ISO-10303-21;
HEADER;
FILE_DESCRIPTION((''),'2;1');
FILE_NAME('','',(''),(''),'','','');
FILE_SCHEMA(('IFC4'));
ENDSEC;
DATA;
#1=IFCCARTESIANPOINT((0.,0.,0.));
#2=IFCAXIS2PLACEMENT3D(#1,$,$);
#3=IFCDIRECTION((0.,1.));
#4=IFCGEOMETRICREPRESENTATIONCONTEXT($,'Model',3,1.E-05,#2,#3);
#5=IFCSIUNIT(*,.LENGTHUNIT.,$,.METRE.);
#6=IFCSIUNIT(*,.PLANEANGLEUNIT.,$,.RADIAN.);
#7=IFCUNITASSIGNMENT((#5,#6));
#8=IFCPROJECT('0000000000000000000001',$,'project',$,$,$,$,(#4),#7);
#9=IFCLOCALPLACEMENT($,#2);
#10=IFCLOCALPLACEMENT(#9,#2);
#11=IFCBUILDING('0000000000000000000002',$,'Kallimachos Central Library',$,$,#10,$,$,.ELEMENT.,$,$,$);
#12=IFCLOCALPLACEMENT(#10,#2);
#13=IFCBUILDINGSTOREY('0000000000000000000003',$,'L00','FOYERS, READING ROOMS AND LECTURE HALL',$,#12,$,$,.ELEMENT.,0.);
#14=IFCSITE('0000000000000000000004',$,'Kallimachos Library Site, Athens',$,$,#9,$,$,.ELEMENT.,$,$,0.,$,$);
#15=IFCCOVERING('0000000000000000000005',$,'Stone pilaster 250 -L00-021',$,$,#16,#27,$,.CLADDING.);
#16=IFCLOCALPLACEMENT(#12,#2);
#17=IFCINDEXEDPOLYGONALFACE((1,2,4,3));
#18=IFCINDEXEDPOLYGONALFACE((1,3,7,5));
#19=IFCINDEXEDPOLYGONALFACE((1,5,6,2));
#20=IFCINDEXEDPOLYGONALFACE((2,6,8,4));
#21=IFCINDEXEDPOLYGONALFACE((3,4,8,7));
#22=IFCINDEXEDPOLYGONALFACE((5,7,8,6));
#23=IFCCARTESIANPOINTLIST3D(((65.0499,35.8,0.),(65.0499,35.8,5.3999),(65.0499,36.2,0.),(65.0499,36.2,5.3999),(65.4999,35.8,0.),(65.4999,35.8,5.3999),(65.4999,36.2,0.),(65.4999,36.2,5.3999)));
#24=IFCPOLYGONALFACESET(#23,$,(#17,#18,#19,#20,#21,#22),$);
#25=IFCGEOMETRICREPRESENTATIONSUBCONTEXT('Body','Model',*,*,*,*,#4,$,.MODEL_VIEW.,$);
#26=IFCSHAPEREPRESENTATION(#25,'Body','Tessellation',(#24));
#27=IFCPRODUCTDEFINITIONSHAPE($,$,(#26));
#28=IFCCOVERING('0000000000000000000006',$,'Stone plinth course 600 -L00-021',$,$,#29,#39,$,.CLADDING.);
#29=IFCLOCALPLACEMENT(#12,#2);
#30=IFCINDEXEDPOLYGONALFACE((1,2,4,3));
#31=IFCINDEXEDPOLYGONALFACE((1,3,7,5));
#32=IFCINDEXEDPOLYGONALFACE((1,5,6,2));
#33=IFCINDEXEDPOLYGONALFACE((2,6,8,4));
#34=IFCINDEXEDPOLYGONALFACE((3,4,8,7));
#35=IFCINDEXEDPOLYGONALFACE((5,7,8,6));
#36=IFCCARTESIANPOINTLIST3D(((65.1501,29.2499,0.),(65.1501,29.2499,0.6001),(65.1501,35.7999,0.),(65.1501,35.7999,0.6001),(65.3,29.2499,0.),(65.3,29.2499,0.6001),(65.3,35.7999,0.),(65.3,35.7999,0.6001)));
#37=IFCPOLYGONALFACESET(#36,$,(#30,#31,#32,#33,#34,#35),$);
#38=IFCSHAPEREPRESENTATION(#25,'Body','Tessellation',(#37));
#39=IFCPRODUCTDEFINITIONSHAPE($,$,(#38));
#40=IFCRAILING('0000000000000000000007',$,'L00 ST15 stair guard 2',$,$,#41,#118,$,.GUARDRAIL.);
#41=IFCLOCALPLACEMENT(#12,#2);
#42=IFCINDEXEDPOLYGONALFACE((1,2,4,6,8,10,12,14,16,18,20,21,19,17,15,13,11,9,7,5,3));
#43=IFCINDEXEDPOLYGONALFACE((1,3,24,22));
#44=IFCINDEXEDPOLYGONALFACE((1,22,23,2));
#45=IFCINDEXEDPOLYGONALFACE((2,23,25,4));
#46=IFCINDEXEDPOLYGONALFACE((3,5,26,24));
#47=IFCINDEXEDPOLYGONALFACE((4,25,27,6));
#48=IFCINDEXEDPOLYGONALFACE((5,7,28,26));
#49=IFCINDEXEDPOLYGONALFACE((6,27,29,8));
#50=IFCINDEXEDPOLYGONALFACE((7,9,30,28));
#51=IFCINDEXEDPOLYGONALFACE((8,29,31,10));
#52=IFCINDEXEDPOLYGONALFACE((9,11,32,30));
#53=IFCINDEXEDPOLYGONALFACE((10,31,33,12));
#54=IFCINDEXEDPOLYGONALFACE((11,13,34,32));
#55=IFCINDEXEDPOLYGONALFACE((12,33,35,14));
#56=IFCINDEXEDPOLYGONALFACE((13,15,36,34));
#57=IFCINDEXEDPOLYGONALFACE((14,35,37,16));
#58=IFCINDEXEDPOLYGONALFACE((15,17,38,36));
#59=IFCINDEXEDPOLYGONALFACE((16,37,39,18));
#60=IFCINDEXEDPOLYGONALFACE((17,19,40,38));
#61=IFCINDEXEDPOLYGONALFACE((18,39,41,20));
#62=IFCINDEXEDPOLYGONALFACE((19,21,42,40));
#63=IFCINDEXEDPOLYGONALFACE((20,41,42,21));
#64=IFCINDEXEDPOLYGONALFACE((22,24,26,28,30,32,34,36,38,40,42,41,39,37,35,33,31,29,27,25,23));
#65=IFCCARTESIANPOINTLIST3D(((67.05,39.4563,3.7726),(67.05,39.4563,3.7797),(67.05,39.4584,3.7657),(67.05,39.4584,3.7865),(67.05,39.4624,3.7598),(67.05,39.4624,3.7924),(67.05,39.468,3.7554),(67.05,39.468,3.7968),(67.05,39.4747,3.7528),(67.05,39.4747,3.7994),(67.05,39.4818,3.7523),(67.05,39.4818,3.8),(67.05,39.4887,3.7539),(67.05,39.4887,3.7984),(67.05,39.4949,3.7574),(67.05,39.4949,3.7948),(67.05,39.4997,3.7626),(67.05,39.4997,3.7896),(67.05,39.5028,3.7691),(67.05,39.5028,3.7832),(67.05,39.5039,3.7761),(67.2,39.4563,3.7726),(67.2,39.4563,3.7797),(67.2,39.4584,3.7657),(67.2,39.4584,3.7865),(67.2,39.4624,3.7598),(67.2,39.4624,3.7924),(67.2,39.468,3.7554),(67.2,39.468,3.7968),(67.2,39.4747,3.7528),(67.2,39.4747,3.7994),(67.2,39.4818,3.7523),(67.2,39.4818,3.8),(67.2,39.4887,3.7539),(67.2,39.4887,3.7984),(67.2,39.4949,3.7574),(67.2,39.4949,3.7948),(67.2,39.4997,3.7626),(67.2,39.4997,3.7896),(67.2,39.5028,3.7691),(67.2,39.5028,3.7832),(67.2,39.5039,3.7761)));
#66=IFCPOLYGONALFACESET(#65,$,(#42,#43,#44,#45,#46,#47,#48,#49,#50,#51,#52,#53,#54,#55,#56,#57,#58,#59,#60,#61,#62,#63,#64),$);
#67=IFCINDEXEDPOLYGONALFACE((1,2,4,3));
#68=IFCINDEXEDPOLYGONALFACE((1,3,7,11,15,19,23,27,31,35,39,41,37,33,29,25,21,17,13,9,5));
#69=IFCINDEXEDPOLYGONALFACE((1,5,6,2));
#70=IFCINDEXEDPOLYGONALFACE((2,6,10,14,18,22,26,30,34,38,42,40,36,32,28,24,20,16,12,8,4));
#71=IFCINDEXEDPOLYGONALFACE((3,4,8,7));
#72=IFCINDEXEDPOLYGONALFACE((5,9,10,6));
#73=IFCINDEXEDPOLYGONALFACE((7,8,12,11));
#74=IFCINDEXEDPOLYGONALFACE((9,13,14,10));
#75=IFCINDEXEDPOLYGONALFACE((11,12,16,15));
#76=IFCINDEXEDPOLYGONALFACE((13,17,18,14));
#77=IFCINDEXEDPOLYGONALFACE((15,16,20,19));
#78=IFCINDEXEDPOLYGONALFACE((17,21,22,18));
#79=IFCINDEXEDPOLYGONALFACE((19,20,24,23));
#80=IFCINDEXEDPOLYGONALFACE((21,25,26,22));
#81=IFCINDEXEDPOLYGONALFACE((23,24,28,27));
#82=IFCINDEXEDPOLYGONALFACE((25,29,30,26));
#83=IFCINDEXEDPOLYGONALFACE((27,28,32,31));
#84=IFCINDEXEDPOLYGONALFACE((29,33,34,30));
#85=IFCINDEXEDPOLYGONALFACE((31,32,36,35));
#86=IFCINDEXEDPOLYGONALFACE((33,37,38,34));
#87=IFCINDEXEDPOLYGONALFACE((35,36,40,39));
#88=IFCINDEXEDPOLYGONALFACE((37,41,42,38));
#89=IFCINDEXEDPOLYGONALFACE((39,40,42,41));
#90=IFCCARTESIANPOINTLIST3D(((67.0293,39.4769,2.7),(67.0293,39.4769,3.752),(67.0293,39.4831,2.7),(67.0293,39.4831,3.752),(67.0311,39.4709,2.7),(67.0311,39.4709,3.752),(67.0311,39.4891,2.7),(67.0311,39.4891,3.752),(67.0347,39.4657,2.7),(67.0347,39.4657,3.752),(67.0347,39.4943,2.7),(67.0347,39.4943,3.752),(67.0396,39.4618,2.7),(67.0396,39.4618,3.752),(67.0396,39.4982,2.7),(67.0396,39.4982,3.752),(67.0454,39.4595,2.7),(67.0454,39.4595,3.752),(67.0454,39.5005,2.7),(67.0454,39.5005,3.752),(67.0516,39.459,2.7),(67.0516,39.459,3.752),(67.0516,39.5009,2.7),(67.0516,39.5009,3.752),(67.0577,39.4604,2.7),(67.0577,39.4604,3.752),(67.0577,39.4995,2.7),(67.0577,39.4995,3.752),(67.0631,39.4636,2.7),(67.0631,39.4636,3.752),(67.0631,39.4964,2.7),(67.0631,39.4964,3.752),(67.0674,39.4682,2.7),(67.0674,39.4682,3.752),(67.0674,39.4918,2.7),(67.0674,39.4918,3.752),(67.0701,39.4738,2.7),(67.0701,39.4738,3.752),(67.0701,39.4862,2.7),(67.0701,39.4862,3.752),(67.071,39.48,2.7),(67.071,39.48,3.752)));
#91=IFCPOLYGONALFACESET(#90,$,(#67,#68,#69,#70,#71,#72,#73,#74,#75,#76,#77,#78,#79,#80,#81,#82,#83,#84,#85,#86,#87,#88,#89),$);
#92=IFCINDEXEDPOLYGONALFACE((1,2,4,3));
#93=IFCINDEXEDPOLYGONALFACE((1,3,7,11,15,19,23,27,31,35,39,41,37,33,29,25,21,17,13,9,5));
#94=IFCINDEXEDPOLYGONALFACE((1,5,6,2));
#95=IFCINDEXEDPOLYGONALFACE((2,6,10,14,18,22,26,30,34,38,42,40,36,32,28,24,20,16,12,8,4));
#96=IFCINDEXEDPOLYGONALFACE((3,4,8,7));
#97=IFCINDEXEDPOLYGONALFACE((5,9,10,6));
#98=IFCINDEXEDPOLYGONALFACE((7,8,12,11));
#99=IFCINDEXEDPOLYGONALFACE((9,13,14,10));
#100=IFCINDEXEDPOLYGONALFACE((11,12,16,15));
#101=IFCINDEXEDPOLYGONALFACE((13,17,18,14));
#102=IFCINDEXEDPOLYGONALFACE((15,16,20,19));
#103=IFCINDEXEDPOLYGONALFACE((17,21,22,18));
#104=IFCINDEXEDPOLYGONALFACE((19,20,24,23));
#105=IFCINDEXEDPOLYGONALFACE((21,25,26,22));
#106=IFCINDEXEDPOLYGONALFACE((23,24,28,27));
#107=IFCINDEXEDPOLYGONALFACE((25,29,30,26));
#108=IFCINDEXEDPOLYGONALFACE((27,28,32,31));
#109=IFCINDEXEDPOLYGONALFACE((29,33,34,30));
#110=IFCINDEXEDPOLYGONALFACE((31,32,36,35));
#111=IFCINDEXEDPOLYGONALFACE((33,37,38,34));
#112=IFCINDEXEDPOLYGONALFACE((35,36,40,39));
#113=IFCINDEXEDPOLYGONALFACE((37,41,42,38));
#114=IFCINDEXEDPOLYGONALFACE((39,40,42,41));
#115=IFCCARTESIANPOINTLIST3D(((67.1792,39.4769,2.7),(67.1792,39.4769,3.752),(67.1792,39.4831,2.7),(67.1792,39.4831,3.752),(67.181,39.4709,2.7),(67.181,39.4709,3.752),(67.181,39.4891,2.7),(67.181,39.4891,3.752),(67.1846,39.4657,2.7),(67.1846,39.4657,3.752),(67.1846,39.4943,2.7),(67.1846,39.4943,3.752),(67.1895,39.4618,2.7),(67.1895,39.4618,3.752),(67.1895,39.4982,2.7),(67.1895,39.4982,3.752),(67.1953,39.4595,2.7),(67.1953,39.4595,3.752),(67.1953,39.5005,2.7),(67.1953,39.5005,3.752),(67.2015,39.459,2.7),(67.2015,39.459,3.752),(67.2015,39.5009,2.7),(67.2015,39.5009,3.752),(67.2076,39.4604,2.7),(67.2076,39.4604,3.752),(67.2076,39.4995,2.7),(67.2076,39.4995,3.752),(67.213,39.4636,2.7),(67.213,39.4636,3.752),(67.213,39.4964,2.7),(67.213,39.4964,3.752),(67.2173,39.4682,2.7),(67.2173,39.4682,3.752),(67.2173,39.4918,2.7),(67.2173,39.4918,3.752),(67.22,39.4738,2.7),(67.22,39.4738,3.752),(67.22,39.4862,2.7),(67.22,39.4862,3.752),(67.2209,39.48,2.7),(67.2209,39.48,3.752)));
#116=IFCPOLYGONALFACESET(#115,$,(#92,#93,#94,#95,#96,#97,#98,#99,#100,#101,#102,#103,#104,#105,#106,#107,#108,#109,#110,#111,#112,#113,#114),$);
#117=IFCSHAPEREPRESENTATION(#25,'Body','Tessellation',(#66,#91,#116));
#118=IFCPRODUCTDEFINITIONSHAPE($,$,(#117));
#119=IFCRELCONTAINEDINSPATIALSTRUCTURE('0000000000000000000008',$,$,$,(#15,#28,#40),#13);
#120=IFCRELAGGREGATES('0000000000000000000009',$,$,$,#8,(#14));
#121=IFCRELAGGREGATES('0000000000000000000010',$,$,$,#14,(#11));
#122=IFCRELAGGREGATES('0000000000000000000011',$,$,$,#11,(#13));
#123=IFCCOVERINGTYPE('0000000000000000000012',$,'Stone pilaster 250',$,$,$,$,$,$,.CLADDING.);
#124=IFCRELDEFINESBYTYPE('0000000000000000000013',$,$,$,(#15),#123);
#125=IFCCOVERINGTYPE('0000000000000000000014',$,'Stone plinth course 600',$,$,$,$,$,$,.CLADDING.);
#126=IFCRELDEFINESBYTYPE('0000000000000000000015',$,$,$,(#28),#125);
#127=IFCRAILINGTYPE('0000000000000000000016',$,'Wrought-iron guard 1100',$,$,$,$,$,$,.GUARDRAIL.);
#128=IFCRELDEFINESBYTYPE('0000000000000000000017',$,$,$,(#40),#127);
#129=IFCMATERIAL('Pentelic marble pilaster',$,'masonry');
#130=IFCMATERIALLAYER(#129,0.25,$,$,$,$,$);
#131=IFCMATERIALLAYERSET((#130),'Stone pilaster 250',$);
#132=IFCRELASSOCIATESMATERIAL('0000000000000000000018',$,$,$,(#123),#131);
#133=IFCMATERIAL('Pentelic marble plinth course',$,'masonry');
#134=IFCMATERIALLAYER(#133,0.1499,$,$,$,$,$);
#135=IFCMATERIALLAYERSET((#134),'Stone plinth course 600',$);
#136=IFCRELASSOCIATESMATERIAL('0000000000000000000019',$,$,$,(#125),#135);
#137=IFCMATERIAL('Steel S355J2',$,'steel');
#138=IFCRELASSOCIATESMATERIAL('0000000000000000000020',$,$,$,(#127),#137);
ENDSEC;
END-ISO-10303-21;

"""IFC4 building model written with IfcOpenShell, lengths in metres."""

from ifc_helpers import new_model, si_unit, direction, frame, origin, origin_2d, place, context, subcontext, project, spatial, rectangle, circle, extrude, material, layer, layer_set, type_object, element, save


model = new_model("IFC4")

# Units and contexts
model_context = context("Model", 3, precision=1e-05, world=origin(), true_north=direction((0.0, 1.0)))
body_context = subcontext(model_context, "Body", "Model", "MODEL_VIEW")
ifc_project = project(units=[si_unit("LENGTHUNIT", "METRE"), si_unit("PLANEANGLEUNIT", "RADIAN")], contexts=[model_context])

# Site, building, storey
site_placement = place(None, origin())
site = spatial("IfcSite", under=ifc_project, at=site_placement, Name="Kallimachos Library Site, Athens", CompositionType="ELEMENT", RefElevation=0.0)
building_placement = place(site_placement, origin())
building = spatial("IfcBuilding", under=site, at=building_placement, Name="Kallimachos Central Library", CompositionType="ELEMENT")
storey_placement = place(building_placement, origin())
storey = spatial("IfcBuildingStorey", under=building, at=storey_placement, Name="L00", Description="FOYERS, READING ROOMS AND LECTURE HALL", CompositionType="ELEMENT", Elevation=0.0)

# Coverings
ifc_material_1 = material(Name="Pentelic marble pilaster", Category="masonry")
ifc_layer_1 = layer(ifc_material_1, 0.25)
ifc_layer_set_1 = layer_set([ifc_layer_1], Name="Stone pilaster 250")
covering_type_1 = type_object("IfcCoveringType", Name="Stone pilaster 250", PredefinedType="CLADDING", material=ifc_layer_set_1)
covering_1_placement = place(storey_placement, frame((65.2749, 36.0, 0.0), z_axis=(0.0, 0.0, 1.0), x_axis=(1.0, 0.0, 0.0)))
element("IfcCovering", 1, at=covering_1_placement, inside=storey, type_object=covering_type_1, Name="Stone pilaster 250 -L00-021", PredefinedType="CLADDING", context=body_context, shape_type="SweptSolid", body=[
    extrude(rectangle(XDim=0.45, YDim=0.3999, at=origin_2d()), origin(), (0.0, 0.0, 1.0), 5.3999),
])
ifc_material_2 = material(Name="Pentelic marble plinth course", Category="masonry")
ifc_layer_2 = layer(ifc_material_2, 0.1499)
ifc_layer_set_2 = layer_set([ifc_layer_2], Name="Stone plinth course 600")
covering_type_2 = type_object("IfcCoveringType", Name="Stone plinth course 600", PredefinedType="CLADDING", material=ifc_layer_set_2)
covering_2_placement = place(storey_placement, frame((65.2251, 32.5249, 0.0), z_axis=(0.0, 0.0, 1.0), x_axis=(1.0, 0.0, 0.0)))
element("IfcCovering", 2, at=covering_2_placement, inside=storey, type_object=covering_type_2, Name="Stone plinth course 600 -L00-021", PredefinedType="CLADDING", context=body_context, shape_type="SweptSolid", body=[
    extrude(rectangle(XDim=0.1499, YDim=6.55, at=origin_2d()), origin(), (0.0, 0.0, 1.0), 0.6001),
])

# Railing
ifc_material_3 = material(Name="Steel S355J2", Category="steel")
railing_type_1 = type_object("IfcRailingType", Name="Wrought-iron guard 1100", PredefinedType="GUARDRAIL", material=ifc_material_3)
railing_1_placement = place(storey_placement, frame((67.05, 39.48, 2.7)))
element("IfcRailing", 3, at=railing_1_placement, inside=storey, type_object=railing_type_1, Name="L00 ST15 stair guard 2", PredefinedType="GUARDRAIL", context=body_context, shape_type="SweptSolid", body=[
    extrude(circle(Radius=0.0239, at=origin_2d()), frame((0.0, 0.0, 1.0762), z_axis=(1.0, 0.0, 0.0), x_axis=(0.0, 1.0, 0.0)), (0.0, 0.0, 1.0), 0.1499),
    extrude(circle(Radius=0.021, at=origin_2d()), origin(), (0.0, 0.0, 1.0), 1.052),
    extrude(circle(Radius=0.021, at=origin_2d()), frame((0.1499, 0.0, 0.0)), (0.0, 0.0, 1.0), 1.052),
])

save(model, "model.ifc")
